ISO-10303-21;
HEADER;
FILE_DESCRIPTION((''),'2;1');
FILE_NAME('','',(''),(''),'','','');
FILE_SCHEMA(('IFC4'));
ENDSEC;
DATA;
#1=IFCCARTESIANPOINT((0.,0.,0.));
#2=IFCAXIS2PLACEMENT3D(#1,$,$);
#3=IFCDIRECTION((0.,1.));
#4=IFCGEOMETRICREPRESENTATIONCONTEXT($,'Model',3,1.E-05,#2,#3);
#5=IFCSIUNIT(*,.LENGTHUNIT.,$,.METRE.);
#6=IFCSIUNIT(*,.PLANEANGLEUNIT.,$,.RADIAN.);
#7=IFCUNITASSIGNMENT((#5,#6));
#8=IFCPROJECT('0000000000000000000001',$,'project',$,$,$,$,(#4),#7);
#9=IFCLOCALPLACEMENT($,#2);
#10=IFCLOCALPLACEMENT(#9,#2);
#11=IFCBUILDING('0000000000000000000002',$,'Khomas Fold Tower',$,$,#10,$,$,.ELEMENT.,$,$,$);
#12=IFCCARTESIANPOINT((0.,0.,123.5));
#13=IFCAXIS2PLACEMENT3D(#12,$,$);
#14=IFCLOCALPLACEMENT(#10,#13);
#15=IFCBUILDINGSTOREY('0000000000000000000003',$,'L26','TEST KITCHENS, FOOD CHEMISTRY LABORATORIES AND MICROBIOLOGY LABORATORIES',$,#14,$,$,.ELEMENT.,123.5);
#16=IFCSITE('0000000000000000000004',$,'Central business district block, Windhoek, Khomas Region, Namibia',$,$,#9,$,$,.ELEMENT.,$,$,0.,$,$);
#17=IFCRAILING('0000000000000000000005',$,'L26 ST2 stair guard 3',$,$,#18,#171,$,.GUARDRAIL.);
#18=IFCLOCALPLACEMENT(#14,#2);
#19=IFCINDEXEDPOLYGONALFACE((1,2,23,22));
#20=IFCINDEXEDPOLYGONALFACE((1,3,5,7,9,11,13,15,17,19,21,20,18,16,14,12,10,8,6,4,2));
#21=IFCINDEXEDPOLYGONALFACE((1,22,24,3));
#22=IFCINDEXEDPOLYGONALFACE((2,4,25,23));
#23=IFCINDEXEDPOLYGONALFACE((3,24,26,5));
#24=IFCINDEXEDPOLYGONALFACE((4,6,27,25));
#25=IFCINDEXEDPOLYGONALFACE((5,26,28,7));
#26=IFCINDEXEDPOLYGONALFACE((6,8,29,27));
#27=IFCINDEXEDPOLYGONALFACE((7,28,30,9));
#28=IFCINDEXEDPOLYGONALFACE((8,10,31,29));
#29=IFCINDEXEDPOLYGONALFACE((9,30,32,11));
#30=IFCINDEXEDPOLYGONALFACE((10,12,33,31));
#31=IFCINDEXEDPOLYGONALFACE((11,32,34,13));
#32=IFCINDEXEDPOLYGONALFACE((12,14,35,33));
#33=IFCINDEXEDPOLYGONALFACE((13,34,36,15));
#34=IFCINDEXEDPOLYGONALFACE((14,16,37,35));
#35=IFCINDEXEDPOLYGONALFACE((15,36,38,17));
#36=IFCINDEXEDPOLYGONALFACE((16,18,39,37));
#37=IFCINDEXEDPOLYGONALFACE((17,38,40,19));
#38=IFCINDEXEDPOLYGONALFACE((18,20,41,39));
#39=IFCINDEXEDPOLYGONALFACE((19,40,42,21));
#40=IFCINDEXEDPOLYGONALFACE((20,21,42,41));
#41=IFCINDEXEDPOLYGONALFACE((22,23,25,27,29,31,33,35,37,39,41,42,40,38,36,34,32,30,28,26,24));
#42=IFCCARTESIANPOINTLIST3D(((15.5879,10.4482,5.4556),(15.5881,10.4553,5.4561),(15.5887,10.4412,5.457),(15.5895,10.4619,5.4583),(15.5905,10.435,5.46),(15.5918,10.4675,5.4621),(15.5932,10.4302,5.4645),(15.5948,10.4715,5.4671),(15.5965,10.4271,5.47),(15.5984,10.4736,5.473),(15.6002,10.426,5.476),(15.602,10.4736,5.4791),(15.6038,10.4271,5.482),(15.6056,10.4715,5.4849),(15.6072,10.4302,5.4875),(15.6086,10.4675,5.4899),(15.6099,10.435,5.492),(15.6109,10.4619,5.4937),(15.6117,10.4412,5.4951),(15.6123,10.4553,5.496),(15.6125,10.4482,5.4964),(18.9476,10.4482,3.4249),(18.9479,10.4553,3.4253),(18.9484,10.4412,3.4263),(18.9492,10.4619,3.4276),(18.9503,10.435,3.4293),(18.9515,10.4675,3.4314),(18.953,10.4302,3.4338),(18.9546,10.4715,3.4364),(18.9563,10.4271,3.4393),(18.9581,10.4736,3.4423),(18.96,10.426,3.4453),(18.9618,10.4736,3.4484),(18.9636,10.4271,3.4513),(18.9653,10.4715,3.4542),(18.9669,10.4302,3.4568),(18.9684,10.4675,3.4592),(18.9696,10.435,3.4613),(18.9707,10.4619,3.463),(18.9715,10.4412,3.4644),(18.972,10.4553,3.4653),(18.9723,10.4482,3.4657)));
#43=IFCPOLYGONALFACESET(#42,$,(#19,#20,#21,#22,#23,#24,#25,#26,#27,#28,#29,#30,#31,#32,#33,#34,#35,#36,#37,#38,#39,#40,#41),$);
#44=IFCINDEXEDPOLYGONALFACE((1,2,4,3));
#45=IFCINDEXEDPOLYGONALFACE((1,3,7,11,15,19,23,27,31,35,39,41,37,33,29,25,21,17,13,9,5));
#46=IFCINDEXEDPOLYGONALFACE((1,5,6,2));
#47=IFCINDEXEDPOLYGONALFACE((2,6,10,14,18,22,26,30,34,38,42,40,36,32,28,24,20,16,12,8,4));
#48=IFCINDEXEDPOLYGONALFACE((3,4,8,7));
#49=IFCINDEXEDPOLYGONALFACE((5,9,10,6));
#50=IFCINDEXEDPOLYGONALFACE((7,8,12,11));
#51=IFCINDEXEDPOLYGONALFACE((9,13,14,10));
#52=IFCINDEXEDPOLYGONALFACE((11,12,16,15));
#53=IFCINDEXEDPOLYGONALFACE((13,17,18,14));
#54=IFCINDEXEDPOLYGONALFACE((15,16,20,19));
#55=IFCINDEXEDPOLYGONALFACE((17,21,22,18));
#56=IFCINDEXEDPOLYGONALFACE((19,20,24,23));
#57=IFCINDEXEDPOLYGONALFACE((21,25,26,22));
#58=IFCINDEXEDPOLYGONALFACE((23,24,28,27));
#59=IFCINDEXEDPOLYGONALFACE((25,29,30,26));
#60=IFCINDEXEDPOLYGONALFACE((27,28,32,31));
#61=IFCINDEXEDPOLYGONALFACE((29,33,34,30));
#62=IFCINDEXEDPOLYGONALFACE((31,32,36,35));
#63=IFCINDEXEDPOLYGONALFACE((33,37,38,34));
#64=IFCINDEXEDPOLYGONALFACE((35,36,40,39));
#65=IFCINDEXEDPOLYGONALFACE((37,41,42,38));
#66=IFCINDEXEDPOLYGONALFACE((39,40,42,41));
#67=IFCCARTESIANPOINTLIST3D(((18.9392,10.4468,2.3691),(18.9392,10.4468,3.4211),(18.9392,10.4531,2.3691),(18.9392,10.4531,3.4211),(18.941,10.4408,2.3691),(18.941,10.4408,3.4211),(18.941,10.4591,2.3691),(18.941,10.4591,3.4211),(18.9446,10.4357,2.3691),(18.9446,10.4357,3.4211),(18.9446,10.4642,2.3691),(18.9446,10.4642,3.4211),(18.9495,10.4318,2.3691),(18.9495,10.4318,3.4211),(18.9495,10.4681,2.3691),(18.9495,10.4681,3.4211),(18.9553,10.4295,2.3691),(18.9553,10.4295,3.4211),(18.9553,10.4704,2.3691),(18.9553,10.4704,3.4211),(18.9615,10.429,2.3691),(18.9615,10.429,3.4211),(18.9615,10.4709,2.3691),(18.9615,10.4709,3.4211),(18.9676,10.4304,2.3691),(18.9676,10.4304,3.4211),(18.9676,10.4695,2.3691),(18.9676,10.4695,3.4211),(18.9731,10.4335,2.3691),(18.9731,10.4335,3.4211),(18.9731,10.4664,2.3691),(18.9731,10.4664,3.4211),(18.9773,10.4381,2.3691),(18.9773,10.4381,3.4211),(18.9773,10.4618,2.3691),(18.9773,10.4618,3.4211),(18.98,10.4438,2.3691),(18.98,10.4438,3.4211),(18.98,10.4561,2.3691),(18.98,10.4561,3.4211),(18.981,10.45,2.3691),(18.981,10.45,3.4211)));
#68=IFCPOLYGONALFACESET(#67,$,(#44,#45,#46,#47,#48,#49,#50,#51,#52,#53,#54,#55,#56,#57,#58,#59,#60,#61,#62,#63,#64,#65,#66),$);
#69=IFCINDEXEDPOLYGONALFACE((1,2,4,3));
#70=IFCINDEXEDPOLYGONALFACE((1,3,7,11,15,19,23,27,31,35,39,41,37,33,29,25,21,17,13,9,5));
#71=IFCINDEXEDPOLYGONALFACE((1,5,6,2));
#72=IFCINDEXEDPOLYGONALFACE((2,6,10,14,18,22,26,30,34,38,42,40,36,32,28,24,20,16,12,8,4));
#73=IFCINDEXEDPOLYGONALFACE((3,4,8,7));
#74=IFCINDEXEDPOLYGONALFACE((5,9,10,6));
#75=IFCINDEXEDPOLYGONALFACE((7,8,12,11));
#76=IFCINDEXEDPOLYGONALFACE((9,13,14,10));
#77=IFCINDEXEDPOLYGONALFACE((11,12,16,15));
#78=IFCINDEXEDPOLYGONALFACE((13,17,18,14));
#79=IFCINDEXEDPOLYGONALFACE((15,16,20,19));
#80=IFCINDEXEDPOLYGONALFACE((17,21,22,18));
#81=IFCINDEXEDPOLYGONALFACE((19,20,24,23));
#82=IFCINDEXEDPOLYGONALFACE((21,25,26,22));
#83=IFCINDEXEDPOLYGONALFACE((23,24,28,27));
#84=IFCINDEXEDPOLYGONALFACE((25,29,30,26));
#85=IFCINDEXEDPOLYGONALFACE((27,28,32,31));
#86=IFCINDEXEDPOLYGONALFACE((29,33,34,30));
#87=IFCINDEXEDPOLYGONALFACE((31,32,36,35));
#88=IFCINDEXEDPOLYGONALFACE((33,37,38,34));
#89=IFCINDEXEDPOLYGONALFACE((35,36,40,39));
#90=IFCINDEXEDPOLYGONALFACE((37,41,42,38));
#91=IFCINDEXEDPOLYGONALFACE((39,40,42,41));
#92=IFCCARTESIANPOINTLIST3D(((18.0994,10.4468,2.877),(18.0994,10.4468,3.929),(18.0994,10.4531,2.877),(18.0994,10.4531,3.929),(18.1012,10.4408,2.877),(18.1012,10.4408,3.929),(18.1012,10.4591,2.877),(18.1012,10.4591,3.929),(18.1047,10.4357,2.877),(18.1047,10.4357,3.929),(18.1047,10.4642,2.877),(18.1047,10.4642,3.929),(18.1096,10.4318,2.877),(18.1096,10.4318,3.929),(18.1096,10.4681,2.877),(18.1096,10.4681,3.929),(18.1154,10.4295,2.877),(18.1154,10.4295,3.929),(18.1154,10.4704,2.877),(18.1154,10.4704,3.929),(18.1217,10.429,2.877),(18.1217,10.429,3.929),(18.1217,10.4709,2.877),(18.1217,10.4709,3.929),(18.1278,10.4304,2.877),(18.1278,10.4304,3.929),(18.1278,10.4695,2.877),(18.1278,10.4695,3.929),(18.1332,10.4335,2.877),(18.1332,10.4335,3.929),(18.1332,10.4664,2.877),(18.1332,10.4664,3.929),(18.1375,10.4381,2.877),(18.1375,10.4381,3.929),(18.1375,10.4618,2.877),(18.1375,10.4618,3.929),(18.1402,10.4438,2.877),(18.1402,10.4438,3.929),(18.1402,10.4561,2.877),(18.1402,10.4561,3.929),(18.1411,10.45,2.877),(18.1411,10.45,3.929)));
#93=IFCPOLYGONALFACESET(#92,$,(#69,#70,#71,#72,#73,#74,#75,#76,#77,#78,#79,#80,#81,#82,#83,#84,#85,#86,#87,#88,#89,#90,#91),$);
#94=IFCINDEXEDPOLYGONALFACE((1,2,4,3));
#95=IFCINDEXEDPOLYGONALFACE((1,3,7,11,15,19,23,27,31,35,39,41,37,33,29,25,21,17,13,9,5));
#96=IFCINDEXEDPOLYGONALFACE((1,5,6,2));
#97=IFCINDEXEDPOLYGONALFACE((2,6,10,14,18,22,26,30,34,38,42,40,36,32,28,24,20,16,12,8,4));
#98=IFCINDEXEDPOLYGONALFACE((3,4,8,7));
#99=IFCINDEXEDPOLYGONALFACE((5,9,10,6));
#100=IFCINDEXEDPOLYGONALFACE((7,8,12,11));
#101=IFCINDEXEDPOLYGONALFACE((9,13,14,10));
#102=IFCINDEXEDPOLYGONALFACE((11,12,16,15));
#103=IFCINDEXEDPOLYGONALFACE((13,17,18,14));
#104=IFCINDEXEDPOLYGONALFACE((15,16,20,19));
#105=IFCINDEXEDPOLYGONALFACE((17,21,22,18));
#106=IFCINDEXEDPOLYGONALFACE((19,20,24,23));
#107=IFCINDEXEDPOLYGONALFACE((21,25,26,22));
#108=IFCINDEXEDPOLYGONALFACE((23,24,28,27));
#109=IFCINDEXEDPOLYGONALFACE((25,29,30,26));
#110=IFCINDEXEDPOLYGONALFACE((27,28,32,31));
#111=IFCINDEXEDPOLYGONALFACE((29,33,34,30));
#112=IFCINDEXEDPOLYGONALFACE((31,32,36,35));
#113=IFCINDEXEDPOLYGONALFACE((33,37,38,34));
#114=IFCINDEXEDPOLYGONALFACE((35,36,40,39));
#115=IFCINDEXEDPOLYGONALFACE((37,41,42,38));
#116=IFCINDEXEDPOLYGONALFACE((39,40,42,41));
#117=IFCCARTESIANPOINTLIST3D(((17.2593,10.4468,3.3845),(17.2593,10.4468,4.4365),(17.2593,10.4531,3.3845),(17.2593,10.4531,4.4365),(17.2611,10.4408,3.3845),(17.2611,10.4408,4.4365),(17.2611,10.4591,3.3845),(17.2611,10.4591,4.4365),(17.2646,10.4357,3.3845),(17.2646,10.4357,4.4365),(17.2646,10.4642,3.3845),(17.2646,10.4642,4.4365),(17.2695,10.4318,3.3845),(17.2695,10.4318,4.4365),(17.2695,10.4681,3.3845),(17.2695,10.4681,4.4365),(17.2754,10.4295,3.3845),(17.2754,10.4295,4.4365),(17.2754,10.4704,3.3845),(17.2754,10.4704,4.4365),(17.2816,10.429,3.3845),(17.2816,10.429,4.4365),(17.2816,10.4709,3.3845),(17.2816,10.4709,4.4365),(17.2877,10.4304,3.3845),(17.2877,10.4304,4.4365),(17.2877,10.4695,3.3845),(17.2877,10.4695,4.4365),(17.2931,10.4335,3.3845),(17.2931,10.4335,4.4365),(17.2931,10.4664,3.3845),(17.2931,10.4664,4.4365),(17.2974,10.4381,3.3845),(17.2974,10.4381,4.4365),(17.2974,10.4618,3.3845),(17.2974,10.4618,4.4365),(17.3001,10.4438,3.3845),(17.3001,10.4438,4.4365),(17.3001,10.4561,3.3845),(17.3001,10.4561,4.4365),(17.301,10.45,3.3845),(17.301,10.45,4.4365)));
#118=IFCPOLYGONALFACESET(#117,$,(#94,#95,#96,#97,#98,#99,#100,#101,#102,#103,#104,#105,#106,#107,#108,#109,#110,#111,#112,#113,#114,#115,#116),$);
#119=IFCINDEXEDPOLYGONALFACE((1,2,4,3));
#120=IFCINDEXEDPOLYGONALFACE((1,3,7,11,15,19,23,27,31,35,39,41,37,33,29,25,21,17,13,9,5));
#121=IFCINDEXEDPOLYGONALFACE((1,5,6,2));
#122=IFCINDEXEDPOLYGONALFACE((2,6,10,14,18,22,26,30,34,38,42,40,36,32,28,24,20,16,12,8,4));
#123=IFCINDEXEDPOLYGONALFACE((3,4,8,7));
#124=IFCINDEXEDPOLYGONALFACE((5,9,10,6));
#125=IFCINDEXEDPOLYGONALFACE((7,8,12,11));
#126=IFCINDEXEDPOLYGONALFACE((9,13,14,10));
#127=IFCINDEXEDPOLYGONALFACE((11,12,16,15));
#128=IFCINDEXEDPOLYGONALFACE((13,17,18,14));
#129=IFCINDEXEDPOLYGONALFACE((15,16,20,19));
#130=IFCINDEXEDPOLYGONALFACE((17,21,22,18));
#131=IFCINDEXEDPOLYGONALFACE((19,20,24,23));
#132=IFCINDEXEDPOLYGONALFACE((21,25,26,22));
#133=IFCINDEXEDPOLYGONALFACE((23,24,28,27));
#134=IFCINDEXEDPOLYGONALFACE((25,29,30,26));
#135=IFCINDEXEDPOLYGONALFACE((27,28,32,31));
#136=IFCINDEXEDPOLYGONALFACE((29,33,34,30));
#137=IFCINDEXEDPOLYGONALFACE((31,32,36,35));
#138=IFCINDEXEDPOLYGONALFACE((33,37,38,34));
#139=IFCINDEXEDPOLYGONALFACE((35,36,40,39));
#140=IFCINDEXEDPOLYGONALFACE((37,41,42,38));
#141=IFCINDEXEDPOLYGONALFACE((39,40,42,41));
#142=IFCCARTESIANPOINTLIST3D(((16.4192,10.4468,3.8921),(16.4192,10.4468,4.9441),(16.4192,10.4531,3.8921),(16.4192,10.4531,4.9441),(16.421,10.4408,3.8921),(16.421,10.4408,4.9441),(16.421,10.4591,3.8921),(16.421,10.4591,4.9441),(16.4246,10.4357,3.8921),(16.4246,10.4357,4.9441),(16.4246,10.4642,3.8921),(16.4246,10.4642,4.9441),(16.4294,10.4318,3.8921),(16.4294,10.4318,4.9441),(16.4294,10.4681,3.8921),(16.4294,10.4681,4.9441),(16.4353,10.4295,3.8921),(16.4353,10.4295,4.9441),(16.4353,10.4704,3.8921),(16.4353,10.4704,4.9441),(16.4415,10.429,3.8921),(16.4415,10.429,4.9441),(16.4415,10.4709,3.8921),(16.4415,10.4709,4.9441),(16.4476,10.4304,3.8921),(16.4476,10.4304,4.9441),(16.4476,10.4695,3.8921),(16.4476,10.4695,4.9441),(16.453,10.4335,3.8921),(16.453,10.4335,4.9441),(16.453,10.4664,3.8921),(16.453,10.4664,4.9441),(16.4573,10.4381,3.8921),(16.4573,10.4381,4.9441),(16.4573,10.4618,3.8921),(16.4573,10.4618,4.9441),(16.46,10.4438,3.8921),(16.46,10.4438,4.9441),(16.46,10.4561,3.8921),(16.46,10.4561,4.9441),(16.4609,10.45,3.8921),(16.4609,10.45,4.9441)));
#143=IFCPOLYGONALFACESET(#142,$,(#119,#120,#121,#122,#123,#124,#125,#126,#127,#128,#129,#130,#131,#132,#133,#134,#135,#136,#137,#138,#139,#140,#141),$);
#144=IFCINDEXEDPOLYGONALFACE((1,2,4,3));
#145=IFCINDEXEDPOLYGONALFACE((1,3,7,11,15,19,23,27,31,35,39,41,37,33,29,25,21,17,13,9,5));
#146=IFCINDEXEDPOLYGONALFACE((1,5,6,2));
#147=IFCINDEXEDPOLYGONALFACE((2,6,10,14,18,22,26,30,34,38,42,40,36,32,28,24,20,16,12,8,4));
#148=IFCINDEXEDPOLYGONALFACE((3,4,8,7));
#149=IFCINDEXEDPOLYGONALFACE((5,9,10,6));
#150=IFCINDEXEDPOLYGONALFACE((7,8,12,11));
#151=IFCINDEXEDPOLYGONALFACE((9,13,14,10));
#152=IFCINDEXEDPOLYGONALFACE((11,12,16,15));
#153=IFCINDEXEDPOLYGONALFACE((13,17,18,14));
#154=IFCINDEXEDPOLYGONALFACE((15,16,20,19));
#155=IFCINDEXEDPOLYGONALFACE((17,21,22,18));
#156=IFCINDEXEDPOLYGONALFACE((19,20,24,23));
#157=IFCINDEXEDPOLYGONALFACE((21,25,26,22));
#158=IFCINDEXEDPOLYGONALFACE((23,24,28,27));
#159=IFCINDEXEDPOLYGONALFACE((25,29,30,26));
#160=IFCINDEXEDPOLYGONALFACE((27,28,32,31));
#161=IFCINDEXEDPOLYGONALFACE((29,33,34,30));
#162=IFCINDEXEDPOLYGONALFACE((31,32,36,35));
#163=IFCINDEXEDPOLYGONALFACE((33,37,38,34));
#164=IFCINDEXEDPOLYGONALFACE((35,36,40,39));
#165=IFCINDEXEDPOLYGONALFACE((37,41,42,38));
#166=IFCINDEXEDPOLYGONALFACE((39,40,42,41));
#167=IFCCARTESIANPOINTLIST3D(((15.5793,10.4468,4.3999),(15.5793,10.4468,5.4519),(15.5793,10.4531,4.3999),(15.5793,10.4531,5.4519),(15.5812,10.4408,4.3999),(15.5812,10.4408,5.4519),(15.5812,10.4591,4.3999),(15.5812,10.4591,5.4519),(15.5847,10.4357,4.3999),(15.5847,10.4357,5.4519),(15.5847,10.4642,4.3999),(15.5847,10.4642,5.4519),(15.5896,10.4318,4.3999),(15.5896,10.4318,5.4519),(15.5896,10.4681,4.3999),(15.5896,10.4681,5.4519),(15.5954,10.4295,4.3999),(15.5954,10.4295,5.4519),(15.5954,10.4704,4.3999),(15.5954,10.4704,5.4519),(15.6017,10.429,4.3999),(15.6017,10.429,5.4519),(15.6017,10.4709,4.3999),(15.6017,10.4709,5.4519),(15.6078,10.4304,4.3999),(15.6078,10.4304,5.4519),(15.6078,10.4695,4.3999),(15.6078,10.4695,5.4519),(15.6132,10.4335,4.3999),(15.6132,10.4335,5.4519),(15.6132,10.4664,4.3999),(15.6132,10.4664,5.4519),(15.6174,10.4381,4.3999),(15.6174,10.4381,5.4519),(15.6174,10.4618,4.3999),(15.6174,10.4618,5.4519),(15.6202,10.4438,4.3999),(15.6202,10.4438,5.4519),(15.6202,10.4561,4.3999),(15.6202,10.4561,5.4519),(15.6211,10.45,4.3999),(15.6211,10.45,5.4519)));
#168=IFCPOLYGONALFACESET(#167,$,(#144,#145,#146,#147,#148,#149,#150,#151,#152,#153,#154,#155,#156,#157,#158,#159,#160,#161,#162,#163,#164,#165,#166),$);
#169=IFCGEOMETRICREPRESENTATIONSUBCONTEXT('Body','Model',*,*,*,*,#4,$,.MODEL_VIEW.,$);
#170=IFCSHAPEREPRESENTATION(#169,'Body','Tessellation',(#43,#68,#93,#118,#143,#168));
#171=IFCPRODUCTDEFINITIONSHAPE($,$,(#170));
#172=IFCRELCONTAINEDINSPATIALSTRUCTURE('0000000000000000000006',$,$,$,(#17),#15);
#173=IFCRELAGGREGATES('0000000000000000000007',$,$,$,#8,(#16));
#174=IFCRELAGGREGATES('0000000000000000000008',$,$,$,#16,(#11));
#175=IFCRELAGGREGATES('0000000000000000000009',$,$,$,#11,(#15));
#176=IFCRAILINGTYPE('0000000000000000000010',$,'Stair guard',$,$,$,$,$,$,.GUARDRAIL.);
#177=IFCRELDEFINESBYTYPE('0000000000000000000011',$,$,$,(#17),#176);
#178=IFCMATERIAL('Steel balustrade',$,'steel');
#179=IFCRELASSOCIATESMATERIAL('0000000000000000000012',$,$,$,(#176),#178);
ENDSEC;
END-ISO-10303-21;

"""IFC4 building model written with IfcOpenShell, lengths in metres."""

from ifc_helpers import new_model, si_unit, direction, frame, origin, origin_2d, place, context, subcontext, project, spatial, circle, extrude, source, transform, mapped, material, type_object, element, save


model = new_model("IFC4")

# Units and contexts
model_context = context("Model", 3, precision=1e-05, world=origin(), true_north=direction((0.0, 1.0)))
body_context = subcontext(model_context, "Body", "Model", "MODEL_VIEW")
ifc_project = project(units=[si_unit("LENGTHUNIT", "METRE"), si_unit("PLANEANGLEUNIT", "RADIAN")], contexts=[model_context])

# Site, building, storey
site_placement = place(None, origin())
site = spatial("IfcSite", under=ifc_project, at=site_placement, Name="Central business district block, Windhoek, Khomas Region, Namibia", CompositionType="ELEMENT", RefElevation=0.0)
building_placement = place(site_placement, origin())
building = spatial("IfcBuilding", under=site, at=building_placement, Name="Khomas Fold Tower", CompositionType="ELEMENT")
storey_placement = place(building_placement, frame((0.0, 0.0, 123.5)))
storey = spatial("IfcBuildingStorey", under=building, at=storey_placement, Name="L26", Description="TEST KITCHENS, FOOD CHEMISTRY LABORATORIES AND MICROBIOLOGY LABORATORIES", CompositionType="ELEMENT", Elevation=123.5)

# Railing
ifc_material_1 = material(Name="Steel balustrade", Category="steel")
railing_type_1 = type_object("IfcRailingType", Name="Stair guard", PredefinedType="GUARDRAIL", material=ifc_material_1)
shared_shape_1 = source(origin(), body_context, "Body", "SweptSolid", [
    extrude(circle(Radius=0.0239, at=origin_2d()), frame((0.0, 0.0, 1.0762), z_axis=(-0.85582, 0.0, 0.517273), x_axis=(0.0, -1.0, 0.0)), (0.0, 0.0, 1.0), 3.9258),
    extrude(circle(Radius=0.021, at=origin_2d()), origin(), (0.0, 0.0, 1.0), 1.052),
    extrude(circle(Radius=0.021, at=origin_2d()), frame((-0.8398, 0.0, 0.5078)), (0.0, 0.0, 1.0), 1.052),
    extrude(circle(Radius=0.021, at=origin_2d()), frame((-1.6799, 0.0, 1.0154)), (0.0, 0.0, 1.0), 1.052),
    extrude(circle(Radius=0.021, at=origin_2d()), frame((-2.52, 0.0, 1.5229)), (0.0, 0.0, 1.0), 1.052),
    extrude(circle(Radius=0.021, at=origin_2d()), frame((-3.3599, 0.0, 2.0308)), (0.0, 0.0, 1.0), 1.052),
])
railing_1_placement = place(storey_placement, frame((18.96, 10.45, 2.3691)))
element("IfcRailing", 1, at=railing_1_placement, inside=storey, type_object=railing_type_1, Name="L26 ST2 stair guard 3", PredefinedType="GUARDRAIL", context=body_context, shape_type="MappedRepresentation", body=[
    mapped(shared_shape_1, transform((0.0, 0.0, 0.0))),
])

save(model, "model.ifc")
